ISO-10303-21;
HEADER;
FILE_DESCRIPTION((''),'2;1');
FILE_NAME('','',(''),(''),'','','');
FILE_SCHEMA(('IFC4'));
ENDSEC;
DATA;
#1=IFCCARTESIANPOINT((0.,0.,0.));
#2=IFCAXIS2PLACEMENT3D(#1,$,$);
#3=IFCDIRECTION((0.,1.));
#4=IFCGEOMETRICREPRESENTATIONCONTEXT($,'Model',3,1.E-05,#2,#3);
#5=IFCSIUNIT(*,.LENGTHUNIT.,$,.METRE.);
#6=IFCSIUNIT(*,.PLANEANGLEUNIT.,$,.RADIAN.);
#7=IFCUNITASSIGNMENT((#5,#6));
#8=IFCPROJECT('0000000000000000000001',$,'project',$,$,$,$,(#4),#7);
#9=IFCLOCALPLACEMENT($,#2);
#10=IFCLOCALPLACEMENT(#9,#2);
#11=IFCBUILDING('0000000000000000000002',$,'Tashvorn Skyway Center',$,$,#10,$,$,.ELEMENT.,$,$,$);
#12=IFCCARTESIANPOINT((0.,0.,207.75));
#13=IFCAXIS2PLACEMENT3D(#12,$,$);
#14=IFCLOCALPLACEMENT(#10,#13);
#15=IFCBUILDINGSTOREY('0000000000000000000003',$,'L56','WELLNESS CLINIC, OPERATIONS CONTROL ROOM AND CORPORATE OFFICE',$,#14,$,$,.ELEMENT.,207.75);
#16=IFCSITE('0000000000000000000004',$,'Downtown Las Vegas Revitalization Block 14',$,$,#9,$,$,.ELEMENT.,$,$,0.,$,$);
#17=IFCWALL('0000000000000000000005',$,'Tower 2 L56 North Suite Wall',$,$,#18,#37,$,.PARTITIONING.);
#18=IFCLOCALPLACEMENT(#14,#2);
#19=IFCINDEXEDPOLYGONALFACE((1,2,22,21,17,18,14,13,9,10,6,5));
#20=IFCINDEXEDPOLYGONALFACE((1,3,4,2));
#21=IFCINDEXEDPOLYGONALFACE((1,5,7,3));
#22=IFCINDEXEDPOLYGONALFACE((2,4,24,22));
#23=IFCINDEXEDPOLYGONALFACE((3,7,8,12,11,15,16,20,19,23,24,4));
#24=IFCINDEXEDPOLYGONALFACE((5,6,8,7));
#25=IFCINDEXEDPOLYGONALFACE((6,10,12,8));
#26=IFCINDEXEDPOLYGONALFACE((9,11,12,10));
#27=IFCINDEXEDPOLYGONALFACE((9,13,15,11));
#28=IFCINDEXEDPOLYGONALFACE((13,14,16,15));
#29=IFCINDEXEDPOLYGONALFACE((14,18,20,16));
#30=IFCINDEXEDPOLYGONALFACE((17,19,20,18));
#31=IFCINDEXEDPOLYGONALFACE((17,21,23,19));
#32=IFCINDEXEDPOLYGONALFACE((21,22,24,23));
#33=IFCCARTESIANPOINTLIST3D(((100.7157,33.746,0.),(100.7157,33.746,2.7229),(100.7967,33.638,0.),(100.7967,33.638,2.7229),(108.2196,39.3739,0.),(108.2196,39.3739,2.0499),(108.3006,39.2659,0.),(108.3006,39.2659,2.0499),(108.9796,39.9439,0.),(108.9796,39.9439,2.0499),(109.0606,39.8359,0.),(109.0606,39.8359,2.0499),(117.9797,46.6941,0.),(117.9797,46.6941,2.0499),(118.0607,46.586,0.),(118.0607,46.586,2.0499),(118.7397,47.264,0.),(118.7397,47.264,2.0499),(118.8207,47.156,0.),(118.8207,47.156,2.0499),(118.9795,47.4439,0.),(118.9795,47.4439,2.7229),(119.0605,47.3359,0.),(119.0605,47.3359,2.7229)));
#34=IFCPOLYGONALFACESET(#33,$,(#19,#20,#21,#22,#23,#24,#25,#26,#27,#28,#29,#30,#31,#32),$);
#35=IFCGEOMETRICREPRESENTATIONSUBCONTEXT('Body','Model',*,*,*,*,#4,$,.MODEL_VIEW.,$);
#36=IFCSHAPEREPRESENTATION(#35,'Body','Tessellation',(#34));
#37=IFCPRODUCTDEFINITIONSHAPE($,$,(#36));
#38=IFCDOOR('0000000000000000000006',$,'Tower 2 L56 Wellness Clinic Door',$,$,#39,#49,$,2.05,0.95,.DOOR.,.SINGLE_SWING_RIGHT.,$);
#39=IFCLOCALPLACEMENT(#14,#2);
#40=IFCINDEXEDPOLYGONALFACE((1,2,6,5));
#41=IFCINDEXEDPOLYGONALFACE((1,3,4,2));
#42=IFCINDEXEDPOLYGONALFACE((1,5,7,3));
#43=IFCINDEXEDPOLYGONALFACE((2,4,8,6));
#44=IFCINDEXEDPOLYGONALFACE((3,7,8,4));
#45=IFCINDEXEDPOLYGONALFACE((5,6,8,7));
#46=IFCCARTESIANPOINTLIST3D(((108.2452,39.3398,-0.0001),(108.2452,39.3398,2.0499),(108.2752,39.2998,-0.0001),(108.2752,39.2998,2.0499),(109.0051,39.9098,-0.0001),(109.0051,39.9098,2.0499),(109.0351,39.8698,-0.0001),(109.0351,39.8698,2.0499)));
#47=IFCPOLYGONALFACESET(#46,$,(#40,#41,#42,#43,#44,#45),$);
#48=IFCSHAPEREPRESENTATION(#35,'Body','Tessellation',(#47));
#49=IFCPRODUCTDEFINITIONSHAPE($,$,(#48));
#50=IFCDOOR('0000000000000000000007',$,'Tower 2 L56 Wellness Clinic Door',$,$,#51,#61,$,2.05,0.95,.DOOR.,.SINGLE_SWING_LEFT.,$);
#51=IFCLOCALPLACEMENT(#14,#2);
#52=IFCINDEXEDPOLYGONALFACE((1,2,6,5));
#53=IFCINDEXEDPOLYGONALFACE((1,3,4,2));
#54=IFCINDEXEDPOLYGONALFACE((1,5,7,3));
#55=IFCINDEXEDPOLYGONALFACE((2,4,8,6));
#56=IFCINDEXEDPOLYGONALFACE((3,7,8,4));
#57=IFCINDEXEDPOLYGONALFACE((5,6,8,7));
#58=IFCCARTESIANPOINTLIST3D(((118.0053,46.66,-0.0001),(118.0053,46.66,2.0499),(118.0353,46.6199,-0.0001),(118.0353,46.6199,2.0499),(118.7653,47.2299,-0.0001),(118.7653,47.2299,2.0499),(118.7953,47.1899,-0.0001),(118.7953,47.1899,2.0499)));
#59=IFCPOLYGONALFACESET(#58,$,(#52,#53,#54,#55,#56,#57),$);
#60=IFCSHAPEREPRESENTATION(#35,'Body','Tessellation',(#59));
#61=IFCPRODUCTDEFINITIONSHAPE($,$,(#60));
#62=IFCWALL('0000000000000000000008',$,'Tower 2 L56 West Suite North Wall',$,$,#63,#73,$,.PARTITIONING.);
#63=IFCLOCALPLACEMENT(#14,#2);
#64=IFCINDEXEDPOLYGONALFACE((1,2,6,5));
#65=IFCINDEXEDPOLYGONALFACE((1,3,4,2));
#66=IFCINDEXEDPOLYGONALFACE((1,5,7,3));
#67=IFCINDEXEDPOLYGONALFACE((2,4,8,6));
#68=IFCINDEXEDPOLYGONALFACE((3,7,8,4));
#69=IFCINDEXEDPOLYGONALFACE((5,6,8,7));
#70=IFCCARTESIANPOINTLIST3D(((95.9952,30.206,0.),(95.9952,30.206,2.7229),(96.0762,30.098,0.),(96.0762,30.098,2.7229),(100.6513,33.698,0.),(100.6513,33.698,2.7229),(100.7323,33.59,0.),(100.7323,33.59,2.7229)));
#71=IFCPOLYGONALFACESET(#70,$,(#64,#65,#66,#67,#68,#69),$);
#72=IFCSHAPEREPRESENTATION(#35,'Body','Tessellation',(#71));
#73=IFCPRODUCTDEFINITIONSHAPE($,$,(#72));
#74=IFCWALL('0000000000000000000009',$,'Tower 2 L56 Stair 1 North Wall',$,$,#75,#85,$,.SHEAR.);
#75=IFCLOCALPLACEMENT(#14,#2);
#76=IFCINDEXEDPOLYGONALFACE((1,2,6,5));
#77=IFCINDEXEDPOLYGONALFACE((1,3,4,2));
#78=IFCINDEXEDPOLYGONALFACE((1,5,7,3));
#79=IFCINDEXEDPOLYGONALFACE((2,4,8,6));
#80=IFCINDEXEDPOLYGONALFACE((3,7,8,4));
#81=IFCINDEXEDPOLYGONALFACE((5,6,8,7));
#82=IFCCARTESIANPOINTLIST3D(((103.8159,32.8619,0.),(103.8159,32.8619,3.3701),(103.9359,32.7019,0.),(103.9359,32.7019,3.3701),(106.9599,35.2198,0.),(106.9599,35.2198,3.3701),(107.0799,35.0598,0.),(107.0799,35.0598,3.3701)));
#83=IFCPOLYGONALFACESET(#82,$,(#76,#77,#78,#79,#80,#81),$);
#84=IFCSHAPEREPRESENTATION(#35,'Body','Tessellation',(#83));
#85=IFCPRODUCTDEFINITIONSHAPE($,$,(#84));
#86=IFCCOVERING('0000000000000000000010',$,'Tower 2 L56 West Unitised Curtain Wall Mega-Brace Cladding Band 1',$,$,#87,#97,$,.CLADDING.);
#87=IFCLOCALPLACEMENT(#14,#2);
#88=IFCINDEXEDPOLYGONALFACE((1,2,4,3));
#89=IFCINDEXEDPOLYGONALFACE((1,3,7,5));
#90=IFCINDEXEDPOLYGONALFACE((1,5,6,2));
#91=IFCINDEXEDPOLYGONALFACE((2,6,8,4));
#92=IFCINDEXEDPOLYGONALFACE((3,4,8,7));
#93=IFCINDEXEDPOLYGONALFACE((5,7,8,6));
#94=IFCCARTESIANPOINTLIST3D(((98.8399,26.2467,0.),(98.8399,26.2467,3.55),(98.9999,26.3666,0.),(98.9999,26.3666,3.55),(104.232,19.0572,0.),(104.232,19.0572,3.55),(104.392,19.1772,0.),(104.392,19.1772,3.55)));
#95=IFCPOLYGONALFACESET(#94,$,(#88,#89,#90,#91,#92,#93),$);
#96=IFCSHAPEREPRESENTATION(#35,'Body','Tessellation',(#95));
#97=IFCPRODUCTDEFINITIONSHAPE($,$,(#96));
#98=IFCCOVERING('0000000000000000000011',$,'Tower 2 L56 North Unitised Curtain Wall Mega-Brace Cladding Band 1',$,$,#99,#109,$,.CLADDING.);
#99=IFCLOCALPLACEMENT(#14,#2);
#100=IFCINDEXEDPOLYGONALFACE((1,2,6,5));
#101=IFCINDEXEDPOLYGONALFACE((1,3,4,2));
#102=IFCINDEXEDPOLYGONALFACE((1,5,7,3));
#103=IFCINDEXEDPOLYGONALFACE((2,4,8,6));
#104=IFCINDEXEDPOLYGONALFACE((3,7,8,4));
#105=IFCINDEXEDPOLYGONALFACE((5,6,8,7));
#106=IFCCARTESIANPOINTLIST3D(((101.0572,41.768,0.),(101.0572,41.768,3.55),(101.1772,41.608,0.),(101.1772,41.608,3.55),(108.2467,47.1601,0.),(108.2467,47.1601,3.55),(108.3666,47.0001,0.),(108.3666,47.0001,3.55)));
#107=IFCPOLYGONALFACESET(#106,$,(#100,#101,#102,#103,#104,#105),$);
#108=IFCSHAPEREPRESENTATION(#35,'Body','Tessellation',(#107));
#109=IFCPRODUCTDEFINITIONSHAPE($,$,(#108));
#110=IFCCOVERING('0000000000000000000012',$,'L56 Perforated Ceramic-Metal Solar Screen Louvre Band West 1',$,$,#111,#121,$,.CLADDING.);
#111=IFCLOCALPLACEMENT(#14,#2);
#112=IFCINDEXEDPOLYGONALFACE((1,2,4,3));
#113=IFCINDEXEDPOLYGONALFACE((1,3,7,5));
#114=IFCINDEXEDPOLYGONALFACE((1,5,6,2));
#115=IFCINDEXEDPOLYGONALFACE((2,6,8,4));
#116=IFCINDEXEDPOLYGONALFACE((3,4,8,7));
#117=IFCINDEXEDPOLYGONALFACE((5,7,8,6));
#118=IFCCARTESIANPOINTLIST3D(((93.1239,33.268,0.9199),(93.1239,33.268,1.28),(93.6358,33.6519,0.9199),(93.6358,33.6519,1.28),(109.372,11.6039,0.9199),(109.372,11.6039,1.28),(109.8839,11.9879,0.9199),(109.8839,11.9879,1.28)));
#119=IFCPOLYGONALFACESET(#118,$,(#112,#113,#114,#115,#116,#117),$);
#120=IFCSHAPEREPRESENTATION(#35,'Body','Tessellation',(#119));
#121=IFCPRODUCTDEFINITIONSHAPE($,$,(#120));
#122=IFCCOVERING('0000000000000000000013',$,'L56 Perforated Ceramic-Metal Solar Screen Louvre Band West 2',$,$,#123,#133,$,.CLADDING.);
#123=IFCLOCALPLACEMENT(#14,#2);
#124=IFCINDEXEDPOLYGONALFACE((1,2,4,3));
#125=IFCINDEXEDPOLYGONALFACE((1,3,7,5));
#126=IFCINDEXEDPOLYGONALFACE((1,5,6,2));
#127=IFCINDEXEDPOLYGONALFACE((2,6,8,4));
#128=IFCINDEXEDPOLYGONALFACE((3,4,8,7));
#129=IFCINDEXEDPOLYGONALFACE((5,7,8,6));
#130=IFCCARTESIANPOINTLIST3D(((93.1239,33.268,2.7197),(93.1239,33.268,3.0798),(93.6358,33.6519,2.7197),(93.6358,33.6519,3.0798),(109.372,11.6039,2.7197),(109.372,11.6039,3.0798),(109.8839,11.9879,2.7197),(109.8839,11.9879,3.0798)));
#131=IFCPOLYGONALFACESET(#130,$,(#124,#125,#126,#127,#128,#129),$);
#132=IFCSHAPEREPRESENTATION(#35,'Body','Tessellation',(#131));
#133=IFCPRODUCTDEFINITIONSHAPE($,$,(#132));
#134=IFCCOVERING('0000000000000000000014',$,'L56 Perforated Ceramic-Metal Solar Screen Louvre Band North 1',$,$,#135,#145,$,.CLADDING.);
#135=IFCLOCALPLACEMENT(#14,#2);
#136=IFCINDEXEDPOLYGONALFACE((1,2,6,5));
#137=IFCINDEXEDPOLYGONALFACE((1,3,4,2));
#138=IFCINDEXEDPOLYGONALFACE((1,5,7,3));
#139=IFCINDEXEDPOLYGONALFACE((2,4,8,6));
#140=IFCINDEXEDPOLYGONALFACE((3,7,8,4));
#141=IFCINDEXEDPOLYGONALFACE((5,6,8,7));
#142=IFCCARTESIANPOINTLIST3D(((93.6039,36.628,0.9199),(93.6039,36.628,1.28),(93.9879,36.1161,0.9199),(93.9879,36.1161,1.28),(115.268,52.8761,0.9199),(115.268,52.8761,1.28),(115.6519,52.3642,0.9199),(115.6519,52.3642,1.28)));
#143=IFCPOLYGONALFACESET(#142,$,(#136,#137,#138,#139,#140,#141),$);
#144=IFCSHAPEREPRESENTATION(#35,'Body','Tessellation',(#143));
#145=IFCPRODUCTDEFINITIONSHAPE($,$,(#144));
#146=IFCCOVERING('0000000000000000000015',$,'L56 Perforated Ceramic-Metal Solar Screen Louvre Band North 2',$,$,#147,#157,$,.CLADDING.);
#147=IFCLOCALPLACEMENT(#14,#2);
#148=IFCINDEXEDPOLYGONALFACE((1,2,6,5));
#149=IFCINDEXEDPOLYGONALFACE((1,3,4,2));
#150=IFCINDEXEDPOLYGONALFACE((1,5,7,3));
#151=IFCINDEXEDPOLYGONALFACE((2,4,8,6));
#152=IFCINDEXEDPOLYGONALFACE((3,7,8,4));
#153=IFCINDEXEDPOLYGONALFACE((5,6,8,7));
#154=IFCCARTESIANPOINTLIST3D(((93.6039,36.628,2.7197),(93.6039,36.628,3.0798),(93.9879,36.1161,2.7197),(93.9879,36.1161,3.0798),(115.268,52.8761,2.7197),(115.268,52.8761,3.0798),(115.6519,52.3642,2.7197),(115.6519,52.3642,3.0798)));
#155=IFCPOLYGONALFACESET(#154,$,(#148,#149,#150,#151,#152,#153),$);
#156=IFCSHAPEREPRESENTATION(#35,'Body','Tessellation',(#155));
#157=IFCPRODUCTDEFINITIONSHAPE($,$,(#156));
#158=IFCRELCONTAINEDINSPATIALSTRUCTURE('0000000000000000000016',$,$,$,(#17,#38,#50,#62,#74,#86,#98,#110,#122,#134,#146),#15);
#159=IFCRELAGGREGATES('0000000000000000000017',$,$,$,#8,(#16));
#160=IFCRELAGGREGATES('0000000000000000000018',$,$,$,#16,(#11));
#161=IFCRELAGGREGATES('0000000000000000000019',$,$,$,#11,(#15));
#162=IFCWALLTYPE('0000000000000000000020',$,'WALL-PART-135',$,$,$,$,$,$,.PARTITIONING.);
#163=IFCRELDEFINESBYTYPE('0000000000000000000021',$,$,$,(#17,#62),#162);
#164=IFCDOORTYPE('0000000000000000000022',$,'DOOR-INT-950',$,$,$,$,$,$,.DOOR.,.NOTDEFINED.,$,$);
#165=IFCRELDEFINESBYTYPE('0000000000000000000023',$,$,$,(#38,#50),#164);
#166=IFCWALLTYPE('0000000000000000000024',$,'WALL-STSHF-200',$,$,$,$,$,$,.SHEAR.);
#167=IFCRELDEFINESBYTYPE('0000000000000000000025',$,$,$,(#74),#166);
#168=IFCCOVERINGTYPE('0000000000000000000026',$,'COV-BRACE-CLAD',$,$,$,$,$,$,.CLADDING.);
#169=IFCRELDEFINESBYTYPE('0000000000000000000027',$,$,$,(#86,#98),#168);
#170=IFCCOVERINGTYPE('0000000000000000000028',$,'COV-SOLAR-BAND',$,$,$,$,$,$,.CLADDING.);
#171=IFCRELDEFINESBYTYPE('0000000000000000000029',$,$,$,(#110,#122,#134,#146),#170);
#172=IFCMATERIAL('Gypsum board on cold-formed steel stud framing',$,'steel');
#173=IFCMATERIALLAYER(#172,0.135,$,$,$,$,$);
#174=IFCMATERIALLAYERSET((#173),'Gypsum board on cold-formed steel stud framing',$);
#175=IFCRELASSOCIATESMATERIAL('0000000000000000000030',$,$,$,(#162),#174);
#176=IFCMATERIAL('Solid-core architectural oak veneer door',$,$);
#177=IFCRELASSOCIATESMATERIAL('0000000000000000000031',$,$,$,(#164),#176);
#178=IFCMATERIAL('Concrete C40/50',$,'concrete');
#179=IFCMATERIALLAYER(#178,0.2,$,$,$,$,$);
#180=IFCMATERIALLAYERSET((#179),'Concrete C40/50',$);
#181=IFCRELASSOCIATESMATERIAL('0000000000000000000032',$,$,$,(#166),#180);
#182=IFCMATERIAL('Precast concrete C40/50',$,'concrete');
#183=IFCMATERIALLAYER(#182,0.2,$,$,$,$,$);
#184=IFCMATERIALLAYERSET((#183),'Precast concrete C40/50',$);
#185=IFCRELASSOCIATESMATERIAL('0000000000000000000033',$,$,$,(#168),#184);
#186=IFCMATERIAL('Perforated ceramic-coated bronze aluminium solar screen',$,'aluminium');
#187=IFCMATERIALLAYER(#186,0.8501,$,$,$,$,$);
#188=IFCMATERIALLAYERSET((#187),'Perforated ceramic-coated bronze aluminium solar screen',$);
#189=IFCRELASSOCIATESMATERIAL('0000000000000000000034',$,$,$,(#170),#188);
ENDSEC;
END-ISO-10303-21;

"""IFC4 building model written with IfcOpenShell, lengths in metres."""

from ifc_helpers import new_model, si_unit, direction, frame, frame_2d, origin, origin_2d, place, context, subcontext, project, spatial, rectangle, extrude, material, layer, layer_set, type_object, element, fill, save


model = new_model("IFC4")

# Units and contexts
model_context = context("Model", 3, precision=1e-05, world=origin(), true_north=direction((0.0, 1.0)))
body_context = subcontext(model_context, "Body", "Model", "MODEL_VIEW")
ifc_project = project(units=[si_unit("LENGTHUNIT", "METRE"), si_unit("PLANEANGLEUNIT", "RADIAN")], contexts=[model_context])

# Site, building, storey
site_placement = place(None, origin())
site = spatial("IfcSite", under=ifc_project, at=site_placement, Name="Downtown Las Vegas Revitalization Block 14", CompositionType="ELEMENT", RefElevation=0.0)
building_placement = place(site_placement, origin())
building = spatial("IfcBuilding", under=site, at=building_placement, Name="Tashvorn Skyway Center", CompositionType="ELEMENT")
storey_placement = place(building_placement, frame((0.0, 0.0, 207.75)))
storey = spatial("IfcBuildingStorey", under=building, at=storey_placement, Name="L56", Description="WELLNESS CLINIC, OPERATIONS CONTROL ROOM AND CORPORATE OFFICE", CompositionType="ELEMENT", Elevation=207.75)

# Shared definitions
ifc_material_1 = material(Name="Gypsum board on cold-formed steel stud framing", Category="steel")

# Wall, openings, doors
ifc_layer_1 = layer(ifc_material_1, 0.135)
ifc_layer_set_1 = layer_set([ifc_layer_1], Name="Gypsum board on cold-formed steel stud framing")
wall_type_1 = type_object("IfcWallType", Name="WALL-PART-135", PredefinedType="PARTITIONING", material=ifc_layer_set_1)
wall_1_placement = place(storey_placement, frame((100.7561, 33.6919, 0.0), z_axis=(0.0, 0.0, 1.0), x_axis=(0.799999, 0.600002, 0.0)))
wall_1 = element("IfcWall", 1, at=wall_1_placement, inside=storey, type_object=wall_type_1, Name="Tower 2 L56 North Suite Wall", PredefinedType="PARTITIONING", context=body_context, shape_type="SweptSolid", body=[
    extrude(rectangle(XDim=22.8298, YDim=0.135, at=frame_2d((11.415, 0.0))), origin(), (0.0, 0.0, 1.0), 2.7229),
])
opening_1_placement = place(wall_1_placement, frame((9.3799, 0.0, 0.0)))
opening_1 = element("IfcOpeningElement", 2, at=opening_1_placement, cuts=wall_1, PredefinedType="OPENING", context=body_context, shape_type="SweptSolid", body=[
    extrude(rectangle(XDim=0.95, YDim=2.05, at=frame_2d((0.4751, 1.0249))), frame((0.0, 0.0774, 0.0), z_axis=(0.0, -1.0, 0.0), x_axis=(1.0, 0.0, 0.0)), (0.0, 0.0, 1.0), 0.155),
])
opening_2_placement = place(wall_1_placement, frame((21.5801, 0.0, 0.0)))
opening_2 = element("IfcOpeningElement", 3, at=opening_2_placement, cuts=wall_1, PredefinedType="OPENING", context=body_context, shape_type="SweptSolid", body=[
    extrude(rectangle(XDim=0.95, YDim=2.05, at=frame_2d((0.4751, 1.0249))), frame((0.0, 0.0774, 0.0), z_axis=(0.0, -1.0, 0.0), x_axis=(1.0, 0.0, 0.0)), (0.0, 0.0, 1.0), 0.155),
])
ifc_material_2 = material(Name="Solid-core architectural oak veneer door")
door_type_1 = type_object("IfcDoorType", Name="DOOR-INT-950", OperationType="NOTDEFINED", PredefinedType="DOOR", material=ifc_material_2)
door_1_placement = place(opening_1_placement, origin())
door_1 = element("IfcDoor", 4, at=door_1_placement, inside=storey, type_object=door_type_1, Name="Tower 2 L56 Wellness Clinic Door", OperationType="SINGLE_SWING_RIGHT", OverallHeight=2.05, OverallWidth=0.95, PredefinedType="DOOR", context=body_context, shape_type="SweptSolid", body=[
    extrude(rectangle(XDim=0.95, YDim=2.05, at=frame_2d((0.4751, 1.0249))), frame((0.0, 0.0249, 0.0), z_axis=(0.0, -1.0, 0.0), x_axis=(1.0, 0.0, 0.0)), (0.0, 0.0, 1.0), 0.05),
])
fill(opening_1, door_1)
door_2_placement = place(opening_2_placement, origin())
door_2 = element("IfcDoor", 5, at=door_2_placement, inside=storey, type_object=door_type_1, Name="Tower 2 L56 Wellness Clinic Door", OperationType="SINGLE_SWING_LEFT", OverallHeight=2.05, OverallWidth=0.95, PredefinedType="DOOR", context=body_context, shape_type="SweptSolid", body=[
    extrude(rectangle(XDim=0.95, YDim=2.05, at=frame_2d((0.4751, 1.0249))), frame((0.0, 0.0249, 0.0), z_axis=(0.0, -1.0, 0.0), x_axis=(1.0, 0.0, 0.0)), (0.0, 0.0, 1.0), 0.05),
])
fill(opening_2, door_2)

# Walls
wall_2_placement = place(storey_placement, frame((100.6919, 33.644, 0.0), z_axis=(0.0, 0.0, 1.0), x_axis=(-0.800005, -0.599993, 0.0)))
element("IfcWall", 6, at=wall_2_placement, inside=storey, type_object=wall_type_1, Name="Tower 2 L56 West Suite North Wall", PredefinedType="PARTITIONING", context=body_context, shape_type="SweptSolid", body=[
    extrude(rectangle(XDim=5.8201, YDim=0.135, at=frame_2d((2.9102, 0.0))), origin(), (0.0, 0.0, 1.0), 2.7229),
])
ifc_material_3 = material(Name="Concrete C40/50", Category="concrete")
ifc_layer_2 = layer(ifc_material_3, 0.2)
ifc_layer_set_2 = layer_set([ifc_layer_2], Name="Concrete C40/50")
wall_type_2 = type_object("IfcWallType", Name="WALL-STSHF-200", PredefinedType="SHEAR", material=ifc_layer_set_2)
wall_3_placement = place(storey_placement, frame((103.876, 32.782, 0.0), z_axis=(0.0, 0.0, 1.0), x_axis=(0.800015, 0.59998, 0.0)))
element("IfcWall", 7, at=wall_3_placement, inside=storey, type_object=wall_type_2, Name="Tower 2 L56 Stair 1 North Wall", PredefinedType="SHEAR", context=body_context, shape_type="SweptSolid", body=[
    extrude(rectangle(XDim=3.9299, YDim=0.2, at=frame_2d((1.9648, 0.0))), origin(), (0.0, 0.0, 1.0), 3.3701),
])

# Coverings
ifc_material_4 = material(Name="Precast concrete C40/50", Category="concrete")
ifc_layer_3 = layer(ifc_material_4, 0.2)
ifc_layer_set_3 = layer_set([ifc_layer_3], Name="Precast concrete C40/50")
covering_type_1 = type_object("IfcCoveringType", Name="COV-BRACE-CLAD", PredefinedType="CLADDING", material=ifc_layer_set_3)
for number, where, z_axis, x_axis, name in (
    (8, (101.616, 22.7119, 0.0), (0.0, 0.0, 1.0), (-0.6, 0.8, 0.0), "Tower 2 L56 West Unitised Curtain Wall Mega-Brace Cladding Band 1"),
    (9, (104.7119, 44.384, 0.0), (0.0, 0.0, 1.0), (0.8, 0.6, 0.0), "Tower 2 L56 North Unitised Curtain Wall Mega-Brace Cladding Band 1"),
):
    element("IfcCovering", number, at=place(storey_placement, frame(where, z_axis=z_axis, x_axis=x_axis)), inside=storey, type_object=covering_type_1, Name=name, PredefinedType="CLADDING", context=body_context, shape_type="SweptSolid", body=[
        extrude(rectangle(XDim=8.9868, YDim=0.2, at=origin_2d()), origin(), (0.0, 0.0, 1.0), 3.55),
    ])
ifc_material_5 = material(Name="Perforated ceramic-coated bronze aluminium solar screen", Category="aluminium")
ifc_layer_4 = layer(ifc_material_5, 0.8501)
ifc_layer_set_4 = layer_set([ifc_layer_4], Name="Perforated ceramic-coated bronze aluminium solar screen")
covering_type_2 = type_object("IfcCoveringType", Name="COV-SOLAR-BAND", PredefinedType="CLADDING", material=ifc_layer_set_4)
for number, where, z_axis, x_axis, name in (
    (10, (101.5039, 22.6279, 0.9199), (0.0, 0.0, 1.0), (-0.6, 0.8, 0.0), "L56 Perforated Ceramic-Metal Solar Screen Louvre Band West 1"),
    (11, (101.5039, 22.6279, 2.7197), (0.0, 0.0, 1.0), (-0.6, 0.8, 0.0), "L56 Perforated Ceramic-Metal Solar Screen Louvre Band West 2"),
    (12, (104.6279, 44.4961, 0.9199), (0.0, 0.0, 1.0), (0.8, 0.6, 0.0), "L56 Perforated Ceramic-Metal Solar Screen Louvre Band North 1"),
    (13, (104.6279, 44.4961, 2.7197), (0.0, 0.0, 1.0), (0.8, 0.6, 0.0), "L56 Perforated Ceramic-Metal Solar Screen Louvre Band North 2"),
):
    element("IfcCovering", number, at=place(storey_placement, frame(where, z_axis=z_axis, x_axis=x_axis)), inside=storey, type_object=covering_type_2, Name=name, PredefinedType="CLADDING", context=body_context, shape_type="SweptSolid", body=[
        extrude(rectangle(XDim=27.0801, YDim=0.6399, at=origin_2d()), origin(), (0.0, 0.0, 1.0), 0.3601),
    ])

save(model, "model.ifc")
